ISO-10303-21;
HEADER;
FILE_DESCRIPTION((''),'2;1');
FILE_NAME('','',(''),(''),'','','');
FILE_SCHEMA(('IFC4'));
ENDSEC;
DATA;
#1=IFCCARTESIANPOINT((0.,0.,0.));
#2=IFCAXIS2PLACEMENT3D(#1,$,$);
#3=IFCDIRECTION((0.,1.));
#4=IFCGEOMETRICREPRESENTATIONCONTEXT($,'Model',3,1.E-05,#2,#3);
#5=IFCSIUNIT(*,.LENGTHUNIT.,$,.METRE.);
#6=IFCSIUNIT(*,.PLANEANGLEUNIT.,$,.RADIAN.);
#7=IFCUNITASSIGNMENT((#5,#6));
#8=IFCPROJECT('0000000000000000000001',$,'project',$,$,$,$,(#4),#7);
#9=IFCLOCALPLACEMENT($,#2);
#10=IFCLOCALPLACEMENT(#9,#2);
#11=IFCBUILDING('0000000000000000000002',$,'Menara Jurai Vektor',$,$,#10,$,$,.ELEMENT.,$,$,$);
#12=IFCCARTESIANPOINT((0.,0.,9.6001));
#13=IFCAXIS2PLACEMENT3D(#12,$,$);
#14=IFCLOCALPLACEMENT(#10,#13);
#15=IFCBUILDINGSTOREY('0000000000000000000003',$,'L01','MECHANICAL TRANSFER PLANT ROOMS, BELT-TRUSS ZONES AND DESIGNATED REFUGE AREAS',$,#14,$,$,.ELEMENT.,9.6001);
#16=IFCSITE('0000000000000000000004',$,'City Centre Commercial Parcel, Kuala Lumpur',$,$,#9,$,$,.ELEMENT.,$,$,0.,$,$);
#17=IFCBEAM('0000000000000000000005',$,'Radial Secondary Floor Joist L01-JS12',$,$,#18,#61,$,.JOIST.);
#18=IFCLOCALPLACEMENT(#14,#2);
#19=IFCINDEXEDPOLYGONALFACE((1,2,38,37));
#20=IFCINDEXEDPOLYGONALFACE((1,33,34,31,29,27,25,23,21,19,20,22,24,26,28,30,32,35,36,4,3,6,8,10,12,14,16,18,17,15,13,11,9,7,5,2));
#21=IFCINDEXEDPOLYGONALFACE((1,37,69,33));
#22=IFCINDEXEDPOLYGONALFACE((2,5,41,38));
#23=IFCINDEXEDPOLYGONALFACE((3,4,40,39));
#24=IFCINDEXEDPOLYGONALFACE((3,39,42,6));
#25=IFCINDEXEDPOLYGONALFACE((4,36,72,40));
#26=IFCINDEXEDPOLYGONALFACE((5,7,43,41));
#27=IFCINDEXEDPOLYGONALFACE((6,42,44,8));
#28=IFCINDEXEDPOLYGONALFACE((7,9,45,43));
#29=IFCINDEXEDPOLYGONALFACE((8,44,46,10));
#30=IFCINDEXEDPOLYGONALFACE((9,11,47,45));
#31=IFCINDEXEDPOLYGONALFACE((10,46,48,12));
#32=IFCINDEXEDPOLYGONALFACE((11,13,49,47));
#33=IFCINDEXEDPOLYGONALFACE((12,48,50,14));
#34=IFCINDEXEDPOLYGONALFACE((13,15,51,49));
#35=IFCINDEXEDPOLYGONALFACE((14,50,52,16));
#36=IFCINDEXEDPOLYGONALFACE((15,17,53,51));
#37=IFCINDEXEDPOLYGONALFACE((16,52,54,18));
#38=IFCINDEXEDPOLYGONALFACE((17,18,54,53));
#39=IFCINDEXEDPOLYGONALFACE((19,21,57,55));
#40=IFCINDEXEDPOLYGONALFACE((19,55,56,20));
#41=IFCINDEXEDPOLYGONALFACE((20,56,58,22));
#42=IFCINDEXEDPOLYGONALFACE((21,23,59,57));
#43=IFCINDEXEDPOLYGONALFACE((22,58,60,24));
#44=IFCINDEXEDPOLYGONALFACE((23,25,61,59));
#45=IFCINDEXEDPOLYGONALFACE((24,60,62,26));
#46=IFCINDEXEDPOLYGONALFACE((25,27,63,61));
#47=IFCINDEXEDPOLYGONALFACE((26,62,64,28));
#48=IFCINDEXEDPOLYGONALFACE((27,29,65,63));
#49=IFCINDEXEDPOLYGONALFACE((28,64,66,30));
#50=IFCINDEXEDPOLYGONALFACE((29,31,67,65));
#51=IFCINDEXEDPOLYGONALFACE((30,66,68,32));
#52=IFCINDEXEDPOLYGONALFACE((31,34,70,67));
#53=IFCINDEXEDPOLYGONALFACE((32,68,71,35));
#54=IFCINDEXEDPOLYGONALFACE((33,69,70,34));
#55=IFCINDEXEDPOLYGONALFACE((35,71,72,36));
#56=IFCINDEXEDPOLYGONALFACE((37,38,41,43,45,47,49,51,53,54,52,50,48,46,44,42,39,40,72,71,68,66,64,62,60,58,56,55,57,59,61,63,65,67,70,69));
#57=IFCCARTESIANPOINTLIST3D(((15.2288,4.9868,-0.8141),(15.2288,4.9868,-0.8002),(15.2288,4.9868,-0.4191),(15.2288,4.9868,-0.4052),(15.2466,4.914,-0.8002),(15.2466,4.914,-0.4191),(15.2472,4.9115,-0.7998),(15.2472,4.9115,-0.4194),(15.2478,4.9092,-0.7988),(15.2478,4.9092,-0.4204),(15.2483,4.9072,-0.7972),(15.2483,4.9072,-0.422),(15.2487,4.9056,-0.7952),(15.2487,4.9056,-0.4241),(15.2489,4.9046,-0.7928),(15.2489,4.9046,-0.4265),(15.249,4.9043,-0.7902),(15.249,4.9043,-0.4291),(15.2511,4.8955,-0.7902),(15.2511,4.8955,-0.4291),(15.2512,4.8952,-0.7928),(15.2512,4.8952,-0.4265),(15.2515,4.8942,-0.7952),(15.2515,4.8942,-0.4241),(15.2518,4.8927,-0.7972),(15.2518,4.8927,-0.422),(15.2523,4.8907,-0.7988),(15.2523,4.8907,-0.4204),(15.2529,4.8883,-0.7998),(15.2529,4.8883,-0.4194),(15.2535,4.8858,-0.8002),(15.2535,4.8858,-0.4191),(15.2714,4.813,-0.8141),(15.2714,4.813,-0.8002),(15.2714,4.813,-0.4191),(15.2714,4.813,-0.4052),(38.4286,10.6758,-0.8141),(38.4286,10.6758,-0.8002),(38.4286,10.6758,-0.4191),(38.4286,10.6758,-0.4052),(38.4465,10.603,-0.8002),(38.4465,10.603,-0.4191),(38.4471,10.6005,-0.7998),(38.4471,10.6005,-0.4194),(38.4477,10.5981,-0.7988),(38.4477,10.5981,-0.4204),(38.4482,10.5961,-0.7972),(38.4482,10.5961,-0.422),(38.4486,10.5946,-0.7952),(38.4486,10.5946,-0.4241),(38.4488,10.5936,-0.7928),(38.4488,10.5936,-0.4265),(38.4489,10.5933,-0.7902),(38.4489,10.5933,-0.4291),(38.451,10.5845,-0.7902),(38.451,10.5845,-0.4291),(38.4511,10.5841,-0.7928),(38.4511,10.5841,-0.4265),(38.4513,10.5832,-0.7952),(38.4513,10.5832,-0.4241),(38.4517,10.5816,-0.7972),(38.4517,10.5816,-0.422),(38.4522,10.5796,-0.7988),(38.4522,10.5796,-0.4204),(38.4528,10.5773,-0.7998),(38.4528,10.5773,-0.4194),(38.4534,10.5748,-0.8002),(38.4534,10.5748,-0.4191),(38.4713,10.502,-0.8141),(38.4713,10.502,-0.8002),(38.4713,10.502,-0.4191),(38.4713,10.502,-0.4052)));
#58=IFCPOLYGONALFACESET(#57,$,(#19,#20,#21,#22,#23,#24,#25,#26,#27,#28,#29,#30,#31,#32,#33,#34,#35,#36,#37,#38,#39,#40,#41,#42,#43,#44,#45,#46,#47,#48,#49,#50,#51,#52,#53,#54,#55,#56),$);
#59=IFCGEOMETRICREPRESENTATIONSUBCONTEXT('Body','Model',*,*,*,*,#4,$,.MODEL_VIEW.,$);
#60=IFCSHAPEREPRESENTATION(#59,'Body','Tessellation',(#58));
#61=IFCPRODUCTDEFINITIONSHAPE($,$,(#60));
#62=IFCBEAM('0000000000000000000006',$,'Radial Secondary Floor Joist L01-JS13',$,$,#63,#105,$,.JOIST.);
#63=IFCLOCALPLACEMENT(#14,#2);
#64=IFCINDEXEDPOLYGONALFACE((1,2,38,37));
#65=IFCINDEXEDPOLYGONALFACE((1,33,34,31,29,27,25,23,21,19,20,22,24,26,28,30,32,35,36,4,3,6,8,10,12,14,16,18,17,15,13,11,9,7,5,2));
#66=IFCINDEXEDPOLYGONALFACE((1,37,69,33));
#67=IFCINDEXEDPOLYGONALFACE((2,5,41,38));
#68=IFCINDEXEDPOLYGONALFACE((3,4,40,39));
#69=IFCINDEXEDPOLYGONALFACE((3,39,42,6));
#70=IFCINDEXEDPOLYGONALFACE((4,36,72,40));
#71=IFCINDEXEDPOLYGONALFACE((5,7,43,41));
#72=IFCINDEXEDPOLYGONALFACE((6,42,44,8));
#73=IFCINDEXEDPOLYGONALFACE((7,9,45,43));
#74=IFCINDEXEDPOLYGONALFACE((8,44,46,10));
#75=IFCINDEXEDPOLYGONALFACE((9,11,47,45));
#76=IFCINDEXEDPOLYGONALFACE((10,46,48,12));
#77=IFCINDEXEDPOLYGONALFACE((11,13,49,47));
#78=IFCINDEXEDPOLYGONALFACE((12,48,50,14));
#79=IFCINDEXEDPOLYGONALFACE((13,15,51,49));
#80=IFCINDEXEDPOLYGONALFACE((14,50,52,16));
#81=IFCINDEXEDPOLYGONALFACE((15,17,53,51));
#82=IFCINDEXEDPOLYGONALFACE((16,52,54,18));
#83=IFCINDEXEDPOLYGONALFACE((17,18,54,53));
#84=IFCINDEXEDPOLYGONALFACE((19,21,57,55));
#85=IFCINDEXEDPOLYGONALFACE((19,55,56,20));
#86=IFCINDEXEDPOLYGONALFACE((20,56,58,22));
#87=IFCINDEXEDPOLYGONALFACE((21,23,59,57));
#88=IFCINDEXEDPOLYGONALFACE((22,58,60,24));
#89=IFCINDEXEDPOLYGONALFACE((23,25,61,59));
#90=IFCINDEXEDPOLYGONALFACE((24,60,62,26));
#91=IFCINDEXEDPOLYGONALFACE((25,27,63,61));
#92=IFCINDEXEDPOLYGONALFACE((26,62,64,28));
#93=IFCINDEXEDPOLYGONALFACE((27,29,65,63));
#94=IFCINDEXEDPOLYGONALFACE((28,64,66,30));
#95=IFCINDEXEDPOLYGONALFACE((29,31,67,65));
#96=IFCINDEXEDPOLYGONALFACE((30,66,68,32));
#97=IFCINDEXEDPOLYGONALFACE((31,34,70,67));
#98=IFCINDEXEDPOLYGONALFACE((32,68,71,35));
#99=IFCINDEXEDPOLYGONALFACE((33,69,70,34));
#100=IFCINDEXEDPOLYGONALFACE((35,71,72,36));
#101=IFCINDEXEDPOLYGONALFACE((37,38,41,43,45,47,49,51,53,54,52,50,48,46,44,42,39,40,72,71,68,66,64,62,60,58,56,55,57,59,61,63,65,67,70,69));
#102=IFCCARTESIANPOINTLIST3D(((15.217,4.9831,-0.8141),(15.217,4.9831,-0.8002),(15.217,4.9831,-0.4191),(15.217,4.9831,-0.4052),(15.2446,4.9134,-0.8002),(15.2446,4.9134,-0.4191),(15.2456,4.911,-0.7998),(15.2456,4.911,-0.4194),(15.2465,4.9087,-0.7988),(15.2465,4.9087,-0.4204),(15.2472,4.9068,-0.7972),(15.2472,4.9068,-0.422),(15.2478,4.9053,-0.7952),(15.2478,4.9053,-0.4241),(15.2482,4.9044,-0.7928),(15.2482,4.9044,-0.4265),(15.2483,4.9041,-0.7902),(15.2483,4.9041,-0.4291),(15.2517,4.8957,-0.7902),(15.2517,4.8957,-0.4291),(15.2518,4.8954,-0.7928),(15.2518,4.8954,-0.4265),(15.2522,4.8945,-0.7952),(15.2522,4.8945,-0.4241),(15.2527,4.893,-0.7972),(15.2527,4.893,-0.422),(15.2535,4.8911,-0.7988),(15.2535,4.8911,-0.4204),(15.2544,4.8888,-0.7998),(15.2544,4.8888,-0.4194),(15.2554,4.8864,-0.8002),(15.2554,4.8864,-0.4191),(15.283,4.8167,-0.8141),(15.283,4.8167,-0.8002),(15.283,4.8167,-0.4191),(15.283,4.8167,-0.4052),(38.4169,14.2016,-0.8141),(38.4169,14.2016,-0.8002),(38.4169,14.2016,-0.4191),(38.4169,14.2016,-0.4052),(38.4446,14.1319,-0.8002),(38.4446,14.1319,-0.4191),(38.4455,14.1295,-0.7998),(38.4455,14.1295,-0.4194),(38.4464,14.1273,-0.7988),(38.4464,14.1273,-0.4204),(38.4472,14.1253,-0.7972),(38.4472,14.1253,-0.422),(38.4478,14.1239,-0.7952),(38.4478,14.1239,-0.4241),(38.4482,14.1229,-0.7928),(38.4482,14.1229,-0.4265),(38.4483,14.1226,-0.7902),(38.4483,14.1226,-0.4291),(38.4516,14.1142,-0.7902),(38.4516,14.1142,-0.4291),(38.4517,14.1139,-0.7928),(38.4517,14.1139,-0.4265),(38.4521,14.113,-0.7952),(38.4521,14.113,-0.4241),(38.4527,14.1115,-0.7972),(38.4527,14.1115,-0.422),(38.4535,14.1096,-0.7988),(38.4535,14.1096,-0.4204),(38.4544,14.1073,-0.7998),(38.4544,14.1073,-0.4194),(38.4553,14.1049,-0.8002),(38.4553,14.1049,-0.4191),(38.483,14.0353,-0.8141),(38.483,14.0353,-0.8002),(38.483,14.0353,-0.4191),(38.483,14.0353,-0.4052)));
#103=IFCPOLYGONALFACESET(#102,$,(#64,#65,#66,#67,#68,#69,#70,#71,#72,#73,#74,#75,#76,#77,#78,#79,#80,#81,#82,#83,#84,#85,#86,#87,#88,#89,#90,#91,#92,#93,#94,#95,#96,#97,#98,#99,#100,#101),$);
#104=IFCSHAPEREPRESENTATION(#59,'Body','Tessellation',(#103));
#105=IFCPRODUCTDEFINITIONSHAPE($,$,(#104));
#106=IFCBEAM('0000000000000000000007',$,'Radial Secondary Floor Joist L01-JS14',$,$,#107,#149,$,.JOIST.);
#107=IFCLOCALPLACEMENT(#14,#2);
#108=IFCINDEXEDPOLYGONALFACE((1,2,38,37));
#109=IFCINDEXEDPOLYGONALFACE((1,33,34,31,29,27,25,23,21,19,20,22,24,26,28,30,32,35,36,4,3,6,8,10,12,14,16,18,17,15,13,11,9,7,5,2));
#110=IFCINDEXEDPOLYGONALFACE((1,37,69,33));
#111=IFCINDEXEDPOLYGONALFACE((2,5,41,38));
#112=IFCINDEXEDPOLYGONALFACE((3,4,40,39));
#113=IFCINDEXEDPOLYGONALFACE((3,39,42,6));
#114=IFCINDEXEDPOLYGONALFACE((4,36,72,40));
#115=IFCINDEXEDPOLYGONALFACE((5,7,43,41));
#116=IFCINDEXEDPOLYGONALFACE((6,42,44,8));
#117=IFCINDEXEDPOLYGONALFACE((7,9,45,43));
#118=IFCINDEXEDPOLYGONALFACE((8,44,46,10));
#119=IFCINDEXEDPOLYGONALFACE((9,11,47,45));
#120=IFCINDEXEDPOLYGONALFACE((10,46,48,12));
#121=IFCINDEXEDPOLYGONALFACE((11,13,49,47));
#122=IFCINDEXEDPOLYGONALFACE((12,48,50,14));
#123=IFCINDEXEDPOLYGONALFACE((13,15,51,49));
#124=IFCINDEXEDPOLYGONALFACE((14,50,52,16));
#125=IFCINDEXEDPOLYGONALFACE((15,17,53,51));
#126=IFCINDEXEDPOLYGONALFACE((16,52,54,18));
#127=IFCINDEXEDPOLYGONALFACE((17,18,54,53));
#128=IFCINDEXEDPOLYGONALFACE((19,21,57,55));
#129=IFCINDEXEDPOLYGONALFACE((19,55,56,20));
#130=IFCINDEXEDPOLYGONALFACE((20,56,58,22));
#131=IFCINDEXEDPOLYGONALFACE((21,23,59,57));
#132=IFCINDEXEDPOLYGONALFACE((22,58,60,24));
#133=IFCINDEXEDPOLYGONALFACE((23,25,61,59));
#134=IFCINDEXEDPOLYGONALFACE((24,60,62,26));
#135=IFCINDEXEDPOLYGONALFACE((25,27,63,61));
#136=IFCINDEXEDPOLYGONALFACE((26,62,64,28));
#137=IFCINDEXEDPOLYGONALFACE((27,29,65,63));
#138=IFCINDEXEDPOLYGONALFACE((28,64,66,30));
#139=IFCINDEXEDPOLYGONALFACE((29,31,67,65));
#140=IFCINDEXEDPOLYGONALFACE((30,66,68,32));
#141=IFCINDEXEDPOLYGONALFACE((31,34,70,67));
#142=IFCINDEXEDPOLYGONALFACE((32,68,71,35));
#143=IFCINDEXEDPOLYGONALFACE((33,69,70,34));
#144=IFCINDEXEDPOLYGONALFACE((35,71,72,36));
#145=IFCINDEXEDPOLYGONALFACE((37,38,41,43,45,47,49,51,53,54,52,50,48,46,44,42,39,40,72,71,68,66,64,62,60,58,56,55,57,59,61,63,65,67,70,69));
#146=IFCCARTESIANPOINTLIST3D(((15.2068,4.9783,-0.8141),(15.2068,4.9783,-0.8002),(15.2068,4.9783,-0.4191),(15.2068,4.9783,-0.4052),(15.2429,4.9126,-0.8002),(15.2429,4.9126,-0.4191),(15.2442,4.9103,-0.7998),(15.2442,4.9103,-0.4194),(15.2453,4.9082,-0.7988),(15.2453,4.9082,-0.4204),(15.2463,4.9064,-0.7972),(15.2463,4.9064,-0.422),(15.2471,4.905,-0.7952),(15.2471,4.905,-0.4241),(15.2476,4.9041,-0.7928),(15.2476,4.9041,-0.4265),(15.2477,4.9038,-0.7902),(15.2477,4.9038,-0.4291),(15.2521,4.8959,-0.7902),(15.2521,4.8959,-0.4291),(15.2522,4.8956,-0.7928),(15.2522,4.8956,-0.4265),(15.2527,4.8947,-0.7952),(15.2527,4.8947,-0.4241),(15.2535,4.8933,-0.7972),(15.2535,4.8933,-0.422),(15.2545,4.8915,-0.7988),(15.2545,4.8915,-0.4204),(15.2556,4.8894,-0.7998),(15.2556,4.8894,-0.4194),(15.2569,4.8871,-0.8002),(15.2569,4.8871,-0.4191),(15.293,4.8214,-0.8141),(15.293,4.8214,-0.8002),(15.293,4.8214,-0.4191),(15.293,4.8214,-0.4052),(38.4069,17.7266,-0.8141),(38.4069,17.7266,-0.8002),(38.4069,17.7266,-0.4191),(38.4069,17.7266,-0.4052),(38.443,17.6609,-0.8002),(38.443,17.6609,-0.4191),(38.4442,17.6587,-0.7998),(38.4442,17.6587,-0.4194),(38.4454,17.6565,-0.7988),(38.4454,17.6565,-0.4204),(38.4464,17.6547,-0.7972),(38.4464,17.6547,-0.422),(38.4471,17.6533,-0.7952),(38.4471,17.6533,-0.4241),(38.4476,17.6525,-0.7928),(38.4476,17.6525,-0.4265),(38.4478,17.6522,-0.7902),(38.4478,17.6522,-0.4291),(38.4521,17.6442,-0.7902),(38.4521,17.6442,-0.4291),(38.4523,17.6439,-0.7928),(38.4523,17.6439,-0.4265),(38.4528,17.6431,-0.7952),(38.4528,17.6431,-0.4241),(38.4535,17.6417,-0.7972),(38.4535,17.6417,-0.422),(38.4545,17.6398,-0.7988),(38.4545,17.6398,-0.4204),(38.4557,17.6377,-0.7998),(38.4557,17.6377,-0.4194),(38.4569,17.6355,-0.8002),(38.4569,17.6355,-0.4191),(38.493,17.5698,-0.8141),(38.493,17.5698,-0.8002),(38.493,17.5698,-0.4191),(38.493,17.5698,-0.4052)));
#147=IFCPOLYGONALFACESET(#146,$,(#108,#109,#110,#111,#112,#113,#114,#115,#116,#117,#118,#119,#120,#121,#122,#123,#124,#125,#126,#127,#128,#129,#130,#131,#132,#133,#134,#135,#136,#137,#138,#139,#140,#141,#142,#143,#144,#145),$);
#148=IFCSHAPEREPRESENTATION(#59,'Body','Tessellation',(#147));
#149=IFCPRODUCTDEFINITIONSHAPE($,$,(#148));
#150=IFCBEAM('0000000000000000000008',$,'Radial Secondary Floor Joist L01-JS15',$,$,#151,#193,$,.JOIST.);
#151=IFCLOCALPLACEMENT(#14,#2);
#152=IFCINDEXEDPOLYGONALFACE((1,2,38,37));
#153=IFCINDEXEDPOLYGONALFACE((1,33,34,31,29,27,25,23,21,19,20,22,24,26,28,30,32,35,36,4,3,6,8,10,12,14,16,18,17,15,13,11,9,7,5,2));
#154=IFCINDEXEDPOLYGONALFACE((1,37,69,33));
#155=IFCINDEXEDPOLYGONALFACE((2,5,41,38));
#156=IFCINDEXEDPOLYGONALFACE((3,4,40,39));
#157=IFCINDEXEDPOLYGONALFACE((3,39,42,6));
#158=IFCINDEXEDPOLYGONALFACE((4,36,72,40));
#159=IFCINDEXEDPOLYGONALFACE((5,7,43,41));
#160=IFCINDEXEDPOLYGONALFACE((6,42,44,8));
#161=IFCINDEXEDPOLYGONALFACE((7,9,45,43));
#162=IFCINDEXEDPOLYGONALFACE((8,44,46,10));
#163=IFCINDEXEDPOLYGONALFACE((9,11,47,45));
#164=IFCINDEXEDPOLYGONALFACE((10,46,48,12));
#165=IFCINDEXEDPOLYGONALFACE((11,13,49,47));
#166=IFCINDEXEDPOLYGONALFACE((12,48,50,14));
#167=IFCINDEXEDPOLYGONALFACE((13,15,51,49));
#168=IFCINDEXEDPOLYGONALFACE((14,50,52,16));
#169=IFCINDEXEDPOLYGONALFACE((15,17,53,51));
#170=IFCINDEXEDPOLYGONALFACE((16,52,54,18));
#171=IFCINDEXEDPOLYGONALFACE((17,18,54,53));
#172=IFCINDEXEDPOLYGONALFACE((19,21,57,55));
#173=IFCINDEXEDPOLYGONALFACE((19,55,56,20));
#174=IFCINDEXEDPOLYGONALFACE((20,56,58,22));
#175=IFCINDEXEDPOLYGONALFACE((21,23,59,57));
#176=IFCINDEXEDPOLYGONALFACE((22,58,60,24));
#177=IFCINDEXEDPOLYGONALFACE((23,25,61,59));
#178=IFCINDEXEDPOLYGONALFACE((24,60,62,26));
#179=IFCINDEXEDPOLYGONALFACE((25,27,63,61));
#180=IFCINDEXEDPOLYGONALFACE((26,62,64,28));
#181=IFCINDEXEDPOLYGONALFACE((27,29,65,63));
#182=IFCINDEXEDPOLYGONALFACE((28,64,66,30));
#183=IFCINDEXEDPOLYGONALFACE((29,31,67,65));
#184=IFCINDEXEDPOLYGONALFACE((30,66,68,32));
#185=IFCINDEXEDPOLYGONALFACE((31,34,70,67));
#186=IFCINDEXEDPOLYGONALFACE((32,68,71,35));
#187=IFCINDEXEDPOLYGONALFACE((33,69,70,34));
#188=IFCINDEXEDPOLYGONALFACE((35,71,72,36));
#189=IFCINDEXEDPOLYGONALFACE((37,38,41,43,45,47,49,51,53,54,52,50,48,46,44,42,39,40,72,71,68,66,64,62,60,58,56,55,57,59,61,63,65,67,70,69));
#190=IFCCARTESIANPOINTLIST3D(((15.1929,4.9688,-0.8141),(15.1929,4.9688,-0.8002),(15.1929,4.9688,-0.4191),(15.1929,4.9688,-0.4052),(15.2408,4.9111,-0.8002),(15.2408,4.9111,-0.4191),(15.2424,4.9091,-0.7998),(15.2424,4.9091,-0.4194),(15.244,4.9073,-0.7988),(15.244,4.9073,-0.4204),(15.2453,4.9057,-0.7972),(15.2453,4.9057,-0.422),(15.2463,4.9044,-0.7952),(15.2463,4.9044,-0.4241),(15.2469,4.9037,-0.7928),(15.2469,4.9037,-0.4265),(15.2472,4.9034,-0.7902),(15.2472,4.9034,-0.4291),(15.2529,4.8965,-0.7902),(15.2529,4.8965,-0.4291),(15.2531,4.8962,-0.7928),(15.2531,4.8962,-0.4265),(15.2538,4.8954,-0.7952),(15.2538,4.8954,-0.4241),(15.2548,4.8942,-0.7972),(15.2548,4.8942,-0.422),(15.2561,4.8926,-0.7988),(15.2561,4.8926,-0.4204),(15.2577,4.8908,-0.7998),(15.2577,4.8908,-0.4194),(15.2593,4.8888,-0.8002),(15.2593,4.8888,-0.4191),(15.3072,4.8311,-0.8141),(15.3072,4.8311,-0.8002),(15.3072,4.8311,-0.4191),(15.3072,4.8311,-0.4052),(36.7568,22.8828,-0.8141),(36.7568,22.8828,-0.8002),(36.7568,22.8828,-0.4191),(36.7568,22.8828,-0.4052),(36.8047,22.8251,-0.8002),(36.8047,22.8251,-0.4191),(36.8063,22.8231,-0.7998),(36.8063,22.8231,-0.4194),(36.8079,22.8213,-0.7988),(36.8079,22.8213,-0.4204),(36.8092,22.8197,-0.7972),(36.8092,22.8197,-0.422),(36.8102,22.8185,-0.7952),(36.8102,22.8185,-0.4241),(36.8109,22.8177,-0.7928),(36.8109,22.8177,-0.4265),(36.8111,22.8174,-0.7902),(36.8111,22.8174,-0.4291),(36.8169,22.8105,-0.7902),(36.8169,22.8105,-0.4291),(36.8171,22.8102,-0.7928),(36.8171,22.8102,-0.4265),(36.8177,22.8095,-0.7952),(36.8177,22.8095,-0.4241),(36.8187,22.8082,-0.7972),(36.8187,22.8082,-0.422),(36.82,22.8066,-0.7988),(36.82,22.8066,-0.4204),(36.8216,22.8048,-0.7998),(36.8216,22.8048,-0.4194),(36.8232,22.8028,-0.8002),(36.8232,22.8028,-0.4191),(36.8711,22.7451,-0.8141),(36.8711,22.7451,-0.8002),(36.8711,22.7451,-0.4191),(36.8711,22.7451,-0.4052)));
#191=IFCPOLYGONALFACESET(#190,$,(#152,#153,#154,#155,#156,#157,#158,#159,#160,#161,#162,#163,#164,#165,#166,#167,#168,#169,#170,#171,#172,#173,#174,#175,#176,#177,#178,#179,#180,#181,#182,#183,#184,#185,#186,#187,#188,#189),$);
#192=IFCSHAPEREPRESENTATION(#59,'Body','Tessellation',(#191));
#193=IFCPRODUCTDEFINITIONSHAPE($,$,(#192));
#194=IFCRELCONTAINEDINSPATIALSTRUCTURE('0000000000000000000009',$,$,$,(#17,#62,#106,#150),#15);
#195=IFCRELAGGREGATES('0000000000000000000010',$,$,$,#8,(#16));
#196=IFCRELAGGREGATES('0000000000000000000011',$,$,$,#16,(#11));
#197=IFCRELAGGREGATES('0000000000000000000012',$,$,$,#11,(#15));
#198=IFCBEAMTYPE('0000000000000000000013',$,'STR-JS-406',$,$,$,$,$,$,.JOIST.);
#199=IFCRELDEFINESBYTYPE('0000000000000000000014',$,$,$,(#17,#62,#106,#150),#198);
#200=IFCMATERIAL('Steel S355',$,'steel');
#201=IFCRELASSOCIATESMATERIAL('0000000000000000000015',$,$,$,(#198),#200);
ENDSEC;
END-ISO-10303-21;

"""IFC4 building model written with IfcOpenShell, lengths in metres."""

from ifc_helpers import new_model, si_unit, direction, frame, origin, origin_2d, place, context, subcontext, project, spatial, i_section, extrude, material, material_profile, profile_set, type_object, element, save


model = new_model("IFC4")

# Units and contexts
model_context = context("Model", 3, precision=1e-05, world=origin(), true_north=direction((0.0, 1.0)))
body_context = subcontext(model_context, "Body", "Model", "MODEL_VIEW")
ifc_project = project(units=[si_unit("LENGTHUNIT", "METRE"), si_unit("PLANEANGLEUNIT", "RADIAN")], contexts=[model_context])

# Site, building, storey
site_placement = place(None, origin())
site = spatial("IfcSite", under=ifc_project, at=site_placement, Name="City Centre Commercial Parcel, Kuala Lumpur", CompositionType="ELEMENT", RefElevation=0.0)
building_placement = place(site_placement, origin())
building = spatial("IfcBuilding", under=site, at=building_placement, Name="Menara Jurai Vektor", CompositionType="ELEMENT")
storey_placement = place(building_placement, frame((0.0, 0.0, 9.6001)))
storey = spatial("IfcBuildingStorey", under=building, at=storey_placement, Name="L01", Description="MECHANICAL TRANSFER PLANT ROOMS, BELT-TRUSS ZONES AND DESIGNATED REFUGE AREAS", CompositionType="ELEMENT", Elevation=9.6001)

# Beams
ifc_material_1 = material(Name="Steel S355", Category="steel")
ifc_material_profile_1 = material_profile(ifc_material_1, i_section(OverallWidth=0.179, OverallDepth=0.4089, WebThickness=0.009, FlangeThickness=0.0139, FilletRadius=0.01, at=origin_2d()), Name="UKB 406x178x67")
ifc_profile_set_1 = profile_set([ifc_material_profile_1], Name="Steel S355")
beam_type_1 = type_object("IfcBeamType", Name="STR-JS-406", PredefinedType="JOIST", material=ifc_profile_set_1)
beam_1_placement = place(storey_placement, frame((38.45, 10.5889, -0.6096), z_axis=(-0.971226, -0.238159, 0.0), x_axis=(0.238159, -0.971226, 0.0)))
element("IfcBeam", 1, at=beam_1_placement, inside=storey, type_object=beam_type_1, Name="Radial Secondary Floor Joist L01-JS12", PredefinedType="JOIST", context=body_context, shape_type="SweptSolid", body=[
    extrude(i_section(OverallWidth=0.179, OverallDepth=0.4089, WebThickness=0.009, FlangeThickness=0.0139, FilletRadius=0.01, at=origin_2d()), origin(), (0.0, 0.0, 1.0), 23.8872),
])
beam_2_placement = place(storey_placement, frame((38.45, 14.1184, -0.6096), z_axis=(-0.929323, -0.369267, 0.0), x_axis=(0.369267, -0.929323, 0.0)))
element("IfcBeam", 2, at=beam_2_placement, inside=storey, type_object=beam_type_1, Name="Radial Secondary Floor Joist L01-JS13", PredefinedType="JOIST", context=body_context, shape_type="SweptSolid", body=[
    extrude(i_section(OverallWidth=0.179, OverallDepth=0.4089, WebThickness=0.009, FlangeThickness=0.0139, FilletRadius=0.01, at=origin_2d()), origin(), (0.0, 0.0, 1.0), 24.9644),
])
beam_3_placement = place(storey_placement, frame((38.45, 17.6482, -0.6096), z_axis=(-0.876402, -0.48158, 0.0), x_axis=(0.48158, -0.876402, 0.0)))
element("IfcBeam", 3, at=beam_3_placement, inside=storey, type_object=beam_type_1, Name="Radial Secondary Floor Joist L01-JS14", PredefinedType="JOIST", context=body_context, shape_type="SweptSolid", body=[
    extrude(i_section(OverallWidth=0.179, OverallDepth=0.4089, WebThickness=0.009, FlangeThickness=0.0139, FilletRadius=0.01, at=origin_2d()), origin(), (0.0, 0.0, 1.0), 26.4719),
])
beam_4_placement = place(storey_placement, frame((36.814, 22.814, -0.6096), z_axis=(-0.769201, -0.639007, 0.0), x_axis=(0.639007, -0.769201, 0.0)))
element("IfcBeam", 4, at=beam_4_placement, inside=storey, type_object=beam_type_1, Name="Radial Secondary Floor Joist L01-JS15", PredefinedType="JOIST", context=body_context, shape_type="SweptSolid", body=[
    extrude(i_section(OverallWidth=0.179, OverallDepth=0.4089, WebThickness=0.009, FlangeThickness=0.0139, FilletRadius=0.01, at=origin_2d()), origin(), (0.0, 0.0, 1.0), 28.0342),
])

save(model, "model.ifc")
